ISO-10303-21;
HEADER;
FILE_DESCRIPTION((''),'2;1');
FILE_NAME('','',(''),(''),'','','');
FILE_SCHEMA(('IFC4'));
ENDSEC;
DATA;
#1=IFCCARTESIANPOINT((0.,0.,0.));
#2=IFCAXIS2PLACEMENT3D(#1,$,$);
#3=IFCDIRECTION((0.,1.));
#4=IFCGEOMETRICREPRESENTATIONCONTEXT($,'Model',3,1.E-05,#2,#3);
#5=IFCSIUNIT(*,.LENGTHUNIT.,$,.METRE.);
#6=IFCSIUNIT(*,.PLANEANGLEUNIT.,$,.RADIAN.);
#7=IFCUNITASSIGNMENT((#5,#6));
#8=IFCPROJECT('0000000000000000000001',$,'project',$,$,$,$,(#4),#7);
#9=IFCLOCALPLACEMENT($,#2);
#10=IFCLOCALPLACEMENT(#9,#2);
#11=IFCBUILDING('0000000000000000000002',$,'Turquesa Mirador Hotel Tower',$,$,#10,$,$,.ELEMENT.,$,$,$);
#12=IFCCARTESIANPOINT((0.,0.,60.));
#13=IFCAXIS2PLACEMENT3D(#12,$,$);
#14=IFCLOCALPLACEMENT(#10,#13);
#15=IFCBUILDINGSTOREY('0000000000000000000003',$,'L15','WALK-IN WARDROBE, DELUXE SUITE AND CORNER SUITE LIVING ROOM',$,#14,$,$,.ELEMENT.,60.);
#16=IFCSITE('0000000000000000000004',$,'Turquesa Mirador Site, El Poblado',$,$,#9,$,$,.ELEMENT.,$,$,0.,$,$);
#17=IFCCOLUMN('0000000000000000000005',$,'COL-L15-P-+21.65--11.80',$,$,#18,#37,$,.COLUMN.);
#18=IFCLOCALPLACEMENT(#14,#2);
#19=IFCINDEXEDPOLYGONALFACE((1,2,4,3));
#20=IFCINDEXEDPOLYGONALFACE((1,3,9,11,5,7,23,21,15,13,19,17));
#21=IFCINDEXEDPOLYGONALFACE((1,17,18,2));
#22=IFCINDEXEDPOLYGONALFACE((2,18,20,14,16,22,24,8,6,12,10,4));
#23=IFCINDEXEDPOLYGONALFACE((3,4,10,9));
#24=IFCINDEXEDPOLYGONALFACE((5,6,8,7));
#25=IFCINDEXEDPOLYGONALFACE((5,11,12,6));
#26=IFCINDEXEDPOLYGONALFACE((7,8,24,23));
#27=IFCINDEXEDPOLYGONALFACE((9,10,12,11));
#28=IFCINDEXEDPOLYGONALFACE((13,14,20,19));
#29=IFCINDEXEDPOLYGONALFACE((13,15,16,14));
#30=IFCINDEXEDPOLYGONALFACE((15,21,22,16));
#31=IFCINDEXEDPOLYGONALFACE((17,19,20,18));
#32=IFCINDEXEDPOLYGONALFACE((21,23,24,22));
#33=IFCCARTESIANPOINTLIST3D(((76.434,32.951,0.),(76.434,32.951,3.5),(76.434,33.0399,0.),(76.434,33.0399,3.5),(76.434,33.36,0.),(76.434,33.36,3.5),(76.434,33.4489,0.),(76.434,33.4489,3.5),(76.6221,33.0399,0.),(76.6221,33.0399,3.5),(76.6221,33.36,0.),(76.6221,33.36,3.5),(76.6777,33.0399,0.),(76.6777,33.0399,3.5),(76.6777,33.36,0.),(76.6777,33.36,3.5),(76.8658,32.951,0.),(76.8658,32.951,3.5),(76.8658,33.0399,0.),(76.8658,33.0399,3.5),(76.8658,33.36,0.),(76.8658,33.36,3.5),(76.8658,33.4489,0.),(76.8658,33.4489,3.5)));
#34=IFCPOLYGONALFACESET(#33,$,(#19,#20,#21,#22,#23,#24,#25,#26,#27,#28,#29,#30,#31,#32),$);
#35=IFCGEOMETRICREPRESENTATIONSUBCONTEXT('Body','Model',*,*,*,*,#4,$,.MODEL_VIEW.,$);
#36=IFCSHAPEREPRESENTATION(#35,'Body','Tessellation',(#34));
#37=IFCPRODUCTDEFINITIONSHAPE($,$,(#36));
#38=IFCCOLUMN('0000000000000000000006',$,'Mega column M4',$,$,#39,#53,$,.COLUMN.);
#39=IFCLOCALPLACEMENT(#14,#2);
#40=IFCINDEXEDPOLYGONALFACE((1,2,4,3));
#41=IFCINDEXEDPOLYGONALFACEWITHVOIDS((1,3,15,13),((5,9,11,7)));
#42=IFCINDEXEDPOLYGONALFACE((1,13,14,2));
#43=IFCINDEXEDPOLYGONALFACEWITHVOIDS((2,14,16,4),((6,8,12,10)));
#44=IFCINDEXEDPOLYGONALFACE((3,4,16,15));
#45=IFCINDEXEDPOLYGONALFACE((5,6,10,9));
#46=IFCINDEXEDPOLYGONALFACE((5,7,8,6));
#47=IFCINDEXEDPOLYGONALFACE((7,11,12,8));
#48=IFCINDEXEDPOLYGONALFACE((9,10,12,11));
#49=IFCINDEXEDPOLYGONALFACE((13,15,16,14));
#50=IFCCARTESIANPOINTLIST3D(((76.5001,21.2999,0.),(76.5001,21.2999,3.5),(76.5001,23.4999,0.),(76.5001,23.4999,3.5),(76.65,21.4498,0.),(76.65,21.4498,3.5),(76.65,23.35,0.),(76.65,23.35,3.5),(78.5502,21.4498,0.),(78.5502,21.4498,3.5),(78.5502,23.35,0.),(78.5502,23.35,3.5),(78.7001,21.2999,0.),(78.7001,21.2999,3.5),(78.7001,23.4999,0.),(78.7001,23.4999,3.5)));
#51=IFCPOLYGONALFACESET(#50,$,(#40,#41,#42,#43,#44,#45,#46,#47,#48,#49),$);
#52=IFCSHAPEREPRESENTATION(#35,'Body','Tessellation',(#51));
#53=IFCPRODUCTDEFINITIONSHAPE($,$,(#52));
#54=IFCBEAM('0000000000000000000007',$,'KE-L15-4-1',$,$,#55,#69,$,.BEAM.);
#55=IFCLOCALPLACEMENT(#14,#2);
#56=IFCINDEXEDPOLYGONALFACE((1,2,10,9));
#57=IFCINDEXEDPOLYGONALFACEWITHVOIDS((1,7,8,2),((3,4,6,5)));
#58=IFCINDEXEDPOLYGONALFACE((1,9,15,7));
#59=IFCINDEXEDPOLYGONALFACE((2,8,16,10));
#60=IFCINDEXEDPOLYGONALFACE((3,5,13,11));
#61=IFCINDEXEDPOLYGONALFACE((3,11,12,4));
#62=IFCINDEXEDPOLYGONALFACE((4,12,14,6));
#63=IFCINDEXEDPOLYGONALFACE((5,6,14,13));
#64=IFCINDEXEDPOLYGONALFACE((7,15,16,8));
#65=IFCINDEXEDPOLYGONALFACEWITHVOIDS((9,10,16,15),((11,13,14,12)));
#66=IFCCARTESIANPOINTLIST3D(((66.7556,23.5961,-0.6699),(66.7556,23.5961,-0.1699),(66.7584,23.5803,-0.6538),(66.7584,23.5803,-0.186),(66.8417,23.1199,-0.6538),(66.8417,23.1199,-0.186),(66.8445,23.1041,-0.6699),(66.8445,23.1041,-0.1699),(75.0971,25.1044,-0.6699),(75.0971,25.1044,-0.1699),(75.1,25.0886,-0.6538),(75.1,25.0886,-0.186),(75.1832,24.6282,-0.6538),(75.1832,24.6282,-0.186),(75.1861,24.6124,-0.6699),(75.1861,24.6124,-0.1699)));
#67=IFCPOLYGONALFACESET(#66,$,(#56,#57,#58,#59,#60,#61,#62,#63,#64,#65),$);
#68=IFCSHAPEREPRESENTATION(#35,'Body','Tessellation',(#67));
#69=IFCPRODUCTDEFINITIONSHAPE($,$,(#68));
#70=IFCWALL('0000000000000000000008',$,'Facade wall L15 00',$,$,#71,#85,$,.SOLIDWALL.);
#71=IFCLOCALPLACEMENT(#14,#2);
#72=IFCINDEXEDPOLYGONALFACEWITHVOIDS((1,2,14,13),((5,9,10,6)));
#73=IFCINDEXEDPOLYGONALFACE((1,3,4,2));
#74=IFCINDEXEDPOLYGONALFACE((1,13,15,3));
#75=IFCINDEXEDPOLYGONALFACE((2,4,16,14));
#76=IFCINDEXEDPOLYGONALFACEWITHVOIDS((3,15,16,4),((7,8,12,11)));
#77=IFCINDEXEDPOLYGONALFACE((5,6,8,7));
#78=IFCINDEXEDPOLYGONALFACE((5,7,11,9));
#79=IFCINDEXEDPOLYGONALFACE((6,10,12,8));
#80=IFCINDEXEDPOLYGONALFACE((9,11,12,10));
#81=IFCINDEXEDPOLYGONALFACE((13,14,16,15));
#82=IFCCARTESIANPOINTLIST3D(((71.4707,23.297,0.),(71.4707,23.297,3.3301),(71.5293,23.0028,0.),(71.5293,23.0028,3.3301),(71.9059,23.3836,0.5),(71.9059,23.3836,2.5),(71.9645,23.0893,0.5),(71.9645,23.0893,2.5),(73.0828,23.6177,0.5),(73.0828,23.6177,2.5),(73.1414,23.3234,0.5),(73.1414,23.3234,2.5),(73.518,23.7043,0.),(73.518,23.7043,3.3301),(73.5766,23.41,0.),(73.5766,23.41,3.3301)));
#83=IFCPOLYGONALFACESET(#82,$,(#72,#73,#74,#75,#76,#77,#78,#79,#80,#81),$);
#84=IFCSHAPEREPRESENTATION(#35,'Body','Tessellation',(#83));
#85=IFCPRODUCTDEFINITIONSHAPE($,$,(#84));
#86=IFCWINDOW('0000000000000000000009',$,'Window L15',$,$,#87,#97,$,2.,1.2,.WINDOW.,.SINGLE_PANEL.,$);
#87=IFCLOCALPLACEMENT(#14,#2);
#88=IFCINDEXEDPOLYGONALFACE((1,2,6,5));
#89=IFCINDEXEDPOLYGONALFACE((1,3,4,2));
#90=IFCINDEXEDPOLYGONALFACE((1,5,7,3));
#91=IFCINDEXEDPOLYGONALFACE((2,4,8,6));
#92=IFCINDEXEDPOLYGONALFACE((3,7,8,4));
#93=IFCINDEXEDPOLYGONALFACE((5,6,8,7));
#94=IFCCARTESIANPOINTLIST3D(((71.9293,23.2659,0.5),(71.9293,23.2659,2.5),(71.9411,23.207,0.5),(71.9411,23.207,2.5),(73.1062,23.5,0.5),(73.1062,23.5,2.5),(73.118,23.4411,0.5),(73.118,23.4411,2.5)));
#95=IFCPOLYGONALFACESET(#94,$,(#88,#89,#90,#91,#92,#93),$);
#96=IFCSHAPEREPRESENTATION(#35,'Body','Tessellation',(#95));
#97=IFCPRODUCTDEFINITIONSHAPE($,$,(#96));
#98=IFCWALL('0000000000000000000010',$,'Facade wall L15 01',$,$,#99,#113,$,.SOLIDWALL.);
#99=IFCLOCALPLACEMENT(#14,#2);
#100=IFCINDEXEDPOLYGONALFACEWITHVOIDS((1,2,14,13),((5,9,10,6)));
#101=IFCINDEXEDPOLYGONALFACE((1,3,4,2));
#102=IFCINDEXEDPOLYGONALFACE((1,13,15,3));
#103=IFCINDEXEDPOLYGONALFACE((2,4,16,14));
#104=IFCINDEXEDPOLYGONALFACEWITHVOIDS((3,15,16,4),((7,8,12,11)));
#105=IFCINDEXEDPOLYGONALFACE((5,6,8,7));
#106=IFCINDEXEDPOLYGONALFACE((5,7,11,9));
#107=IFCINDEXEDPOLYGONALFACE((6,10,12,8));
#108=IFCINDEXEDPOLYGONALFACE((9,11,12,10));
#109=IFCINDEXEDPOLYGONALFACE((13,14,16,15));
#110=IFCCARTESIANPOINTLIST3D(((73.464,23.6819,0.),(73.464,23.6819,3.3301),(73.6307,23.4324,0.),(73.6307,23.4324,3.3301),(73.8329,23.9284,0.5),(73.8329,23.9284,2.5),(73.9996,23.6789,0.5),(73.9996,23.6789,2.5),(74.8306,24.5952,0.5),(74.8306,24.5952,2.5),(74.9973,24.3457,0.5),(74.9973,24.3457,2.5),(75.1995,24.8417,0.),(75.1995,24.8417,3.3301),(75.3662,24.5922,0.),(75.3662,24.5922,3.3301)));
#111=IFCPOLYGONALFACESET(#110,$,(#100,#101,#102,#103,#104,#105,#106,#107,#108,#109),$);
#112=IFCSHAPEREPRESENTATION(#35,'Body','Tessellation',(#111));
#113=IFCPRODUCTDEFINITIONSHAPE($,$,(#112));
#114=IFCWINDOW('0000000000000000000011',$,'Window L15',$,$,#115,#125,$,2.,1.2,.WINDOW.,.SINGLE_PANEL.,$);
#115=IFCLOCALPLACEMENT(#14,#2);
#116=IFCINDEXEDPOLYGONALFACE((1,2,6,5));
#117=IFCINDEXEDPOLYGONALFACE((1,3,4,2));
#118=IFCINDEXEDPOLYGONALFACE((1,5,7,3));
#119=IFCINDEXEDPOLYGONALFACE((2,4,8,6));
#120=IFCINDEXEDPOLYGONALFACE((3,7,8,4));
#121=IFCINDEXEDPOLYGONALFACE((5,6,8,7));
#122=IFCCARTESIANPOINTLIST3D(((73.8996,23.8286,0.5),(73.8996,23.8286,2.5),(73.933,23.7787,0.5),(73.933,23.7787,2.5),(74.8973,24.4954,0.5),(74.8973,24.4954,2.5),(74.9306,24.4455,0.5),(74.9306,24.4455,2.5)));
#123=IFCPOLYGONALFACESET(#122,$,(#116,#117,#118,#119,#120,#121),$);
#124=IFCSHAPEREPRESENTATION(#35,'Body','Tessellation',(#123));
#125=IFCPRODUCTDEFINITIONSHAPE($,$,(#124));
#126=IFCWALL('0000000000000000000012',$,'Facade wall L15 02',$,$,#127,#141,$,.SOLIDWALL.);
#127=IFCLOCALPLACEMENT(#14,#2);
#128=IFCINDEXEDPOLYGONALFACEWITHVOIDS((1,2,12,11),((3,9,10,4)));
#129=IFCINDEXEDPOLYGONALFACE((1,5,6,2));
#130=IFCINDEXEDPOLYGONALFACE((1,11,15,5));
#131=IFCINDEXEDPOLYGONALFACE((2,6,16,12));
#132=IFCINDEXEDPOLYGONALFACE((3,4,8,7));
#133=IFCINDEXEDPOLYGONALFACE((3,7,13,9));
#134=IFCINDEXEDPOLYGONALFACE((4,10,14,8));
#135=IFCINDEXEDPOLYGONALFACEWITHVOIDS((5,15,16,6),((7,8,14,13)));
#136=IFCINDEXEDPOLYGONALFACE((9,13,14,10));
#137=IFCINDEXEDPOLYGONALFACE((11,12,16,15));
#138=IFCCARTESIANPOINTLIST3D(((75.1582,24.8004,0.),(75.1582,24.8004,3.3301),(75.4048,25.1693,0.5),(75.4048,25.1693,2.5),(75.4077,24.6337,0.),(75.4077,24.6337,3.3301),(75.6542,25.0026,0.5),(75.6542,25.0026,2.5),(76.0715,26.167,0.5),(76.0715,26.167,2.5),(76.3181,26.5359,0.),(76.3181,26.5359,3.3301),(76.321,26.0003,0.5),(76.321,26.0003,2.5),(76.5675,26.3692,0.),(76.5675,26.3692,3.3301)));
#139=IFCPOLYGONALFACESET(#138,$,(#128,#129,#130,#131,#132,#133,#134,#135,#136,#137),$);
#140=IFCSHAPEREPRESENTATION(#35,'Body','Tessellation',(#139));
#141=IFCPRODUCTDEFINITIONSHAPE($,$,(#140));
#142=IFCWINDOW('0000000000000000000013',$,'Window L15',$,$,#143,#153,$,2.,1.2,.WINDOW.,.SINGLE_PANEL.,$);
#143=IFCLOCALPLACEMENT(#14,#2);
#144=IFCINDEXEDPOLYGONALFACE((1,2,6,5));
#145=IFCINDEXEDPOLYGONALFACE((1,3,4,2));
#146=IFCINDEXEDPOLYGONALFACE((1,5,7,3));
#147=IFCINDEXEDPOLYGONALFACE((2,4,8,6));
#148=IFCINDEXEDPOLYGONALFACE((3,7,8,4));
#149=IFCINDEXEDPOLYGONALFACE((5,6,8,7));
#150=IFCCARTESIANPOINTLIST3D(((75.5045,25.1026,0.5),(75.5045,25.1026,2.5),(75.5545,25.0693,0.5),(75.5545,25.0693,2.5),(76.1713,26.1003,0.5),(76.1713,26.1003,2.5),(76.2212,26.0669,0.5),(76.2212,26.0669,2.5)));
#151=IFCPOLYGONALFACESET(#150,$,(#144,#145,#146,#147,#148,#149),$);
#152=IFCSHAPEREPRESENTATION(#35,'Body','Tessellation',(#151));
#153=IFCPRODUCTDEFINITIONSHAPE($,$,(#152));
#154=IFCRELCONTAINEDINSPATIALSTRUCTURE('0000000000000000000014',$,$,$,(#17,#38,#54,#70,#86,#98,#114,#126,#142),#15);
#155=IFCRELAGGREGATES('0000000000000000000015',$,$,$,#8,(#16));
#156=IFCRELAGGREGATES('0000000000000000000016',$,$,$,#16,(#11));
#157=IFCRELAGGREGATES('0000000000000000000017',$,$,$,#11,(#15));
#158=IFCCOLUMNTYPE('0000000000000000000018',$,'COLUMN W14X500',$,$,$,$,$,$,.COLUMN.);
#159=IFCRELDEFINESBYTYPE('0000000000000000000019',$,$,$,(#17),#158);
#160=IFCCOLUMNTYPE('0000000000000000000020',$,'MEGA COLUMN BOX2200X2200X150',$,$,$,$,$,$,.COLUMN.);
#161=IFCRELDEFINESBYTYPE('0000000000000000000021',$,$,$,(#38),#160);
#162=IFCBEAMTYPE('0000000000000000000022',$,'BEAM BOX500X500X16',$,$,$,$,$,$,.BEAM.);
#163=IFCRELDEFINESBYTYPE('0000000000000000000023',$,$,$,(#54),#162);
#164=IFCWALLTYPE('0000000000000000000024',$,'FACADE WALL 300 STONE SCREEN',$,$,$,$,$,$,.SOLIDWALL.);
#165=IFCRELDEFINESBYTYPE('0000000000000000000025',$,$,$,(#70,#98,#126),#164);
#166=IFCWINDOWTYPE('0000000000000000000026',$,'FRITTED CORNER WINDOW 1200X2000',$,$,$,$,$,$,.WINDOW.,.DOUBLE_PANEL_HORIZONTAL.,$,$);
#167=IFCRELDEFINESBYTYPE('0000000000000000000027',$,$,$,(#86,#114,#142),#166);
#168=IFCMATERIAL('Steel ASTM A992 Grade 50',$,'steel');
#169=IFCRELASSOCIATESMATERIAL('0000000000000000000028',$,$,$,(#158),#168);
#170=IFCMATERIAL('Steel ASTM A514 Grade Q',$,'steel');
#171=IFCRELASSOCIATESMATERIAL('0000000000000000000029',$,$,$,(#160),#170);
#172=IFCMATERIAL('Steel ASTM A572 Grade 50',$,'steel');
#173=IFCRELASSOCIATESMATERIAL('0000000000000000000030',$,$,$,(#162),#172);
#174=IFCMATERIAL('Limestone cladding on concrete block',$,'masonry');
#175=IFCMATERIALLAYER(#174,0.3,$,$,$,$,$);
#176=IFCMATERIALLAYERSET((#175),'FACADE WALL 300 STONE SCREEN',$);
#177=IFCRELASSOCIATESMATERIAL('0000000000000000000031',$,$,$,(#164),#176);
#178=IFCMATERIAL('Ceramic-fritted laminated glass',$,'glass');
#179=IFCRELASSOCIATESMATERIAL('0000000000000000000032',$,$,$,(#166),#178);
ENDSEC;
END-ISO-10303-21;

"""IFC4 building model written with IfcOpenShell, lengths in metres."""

from ifc_helpers import new_model, si_unit, direction, frame, frame_2d, origin, origin_2d, place, context, subcontext, project, spatial, rectangle, hollow_rectangle, i_section, extrude, material, layer, layer_set, material_profile, profile_set, type_object, element, fill, save


model = new_model("IFC4")

# Units and contexts
model_context = context("Model", 3, precision=1e-05, world=origin(), true_north=direction((0.0, 1.0)))
body_context = subcontext(model_context, "Body", "Model", "MODEL_VIEW")
ifc_project = project(units=[si_unit("LENGTHUNIT", "METRE"), si_unit("PLANEANGLEUNIT", "RADIAN")], contexts=[model_context])

# Site, building, storey
site_placement = place(None, origin())
site = spatial("IfcSite", under=ifc_project, at=site_placement, Name="Turquesa Mirador Site, El Poblado", CompositionType="ELEMENT", RefElevation=0.0)
building_placement = place(site_placement, origin())
building = spatial("IfcBuilding", under=site, at=building_placement, Name="Turquesa Mirador Hotel Tower", CompositionType="ELEMENT")
storey_placement = place(building_placement, frame((0.0, 0.0, 60.0)))
storey = spatial("IfcBuildingStorey", under=building, at=storey_placement, Name="L15", Description="WALK-IN WARDROBE, DELUXE SUITE AND CORNER SUITE LIVING ROOM", CompositionType="ELEMENT", Elevation=60.0)

# Columns
ifc_material_1 = material(Name="Steel ASTM A992 Grade 50", Category="steel")
ifc_material_profile_1 = material_profile(ifc_material_1, i_section(OverallWidth=0.4319, OverallDepth=0.4978, WebThickness=0.0557, FlangeThickness=0.0889, at=origin_2d()), Name="W14X500")
ifc_profile_set_1 = profile_set([ifc_material_profile_1], Name="Steel ASTM A992 Grade 50")
column_type_1 = type_object("IfcColumnType", Name="COLUMN W14X500", PredefinedType="COLUMN", material=ifc_profile_set_1)
column_1_placement = place(storey_placement, frame((76.6499, 33.2, 0.0), z_axis=(0.0, 0.0, 1.0), x_axis=(1.0, 0.0, 0.0)))
element("IfcColumn", 1, at=column_1_placement, inside=storey, type_object=column_type_1, Name="COL-L15-P-+21.65--11.80", PredefinedType="COLUMN", context=body_context, shape_type="SweptSolid", body=[
    extrude(i_section(OverallWidth=0.4319, OverallDepth=0.4978, WebThickness=0.0557, FlangeThickness=0.0889, at=origin_2d()), origin(), (0.0, 0.0, 1.0), 3.5),
])
ifc_material_2 = material(Name="Steel ASTM A514 Grade Q", Category="steel")
ifc_material_profile_2 = material_profile(ifc_material_2, hollow_rectangle(XDim=2.2, YDim=2.2, WallThickness=0.1499, at=origin_2d()), Name="BOX2200X2200X150")
ifc_profile_set_2 = profile_set([ifc_material_profile_2], Name="Steel ASTM A514 Grade Q")
column_type_2 = type_object("IfcColumnType", Name="MEGA COLUMN BOX2200X2200X150", PredefinedType="COLUMN", material=ifc_profile_set_2)
column_2_placement = place(storey_placement, frame((77.6001, 22.3999, 0.0), z_axis=(0.0, 0.0, 1.0), x_axis=(1.0, 0.0, 0.0)))
element("IfcColumn", 2, at=column_2_placement, inside=storey, type_object=column_type_2, Name="Mega column M4", PredefinedType="COLUMN", context=body_context, shape_type="SweptSolid", body=[
    extrude(hollow_rectangle(XDim=2.2, YDim=2.2, WallThickness=0.1499, at=origin_2d()), origin(), (0.0, 0.0, 1.0), 3.5),
])

# Beam
ifc_material_3 = material(Name="Steel ASTM A572 Grade 50", Category="steel")
ifc_material_profile_3 = material_profile(ifc_material_3, hollow_rectangle(XDim=0.5, YDim=0.5, WallThickness=0.0161, at=origin_2d()), Name="BOX500X500X16")
ifc_profile_set_3 = profile_set([ifc_material_profile_3], Name="Steel ASTM A572 Grade 50")
beam_type = type_object("IfcBeamType", Name="BEAM BOX500X500X16", PredefinedType="BEAM", material=ifc_profile_set_3)
beam_placement = place(storey_placement, frame((75.1416, 24.8584, -0.4199), z_axis=(-0.984043, -0.177932, 0.0), x_axis=(0.177932, -0.984043, 0.0)))
element("IfcBeam", 3, at=beam_placement, inside=storey, type_object=beam_type, Name="KE-L15-4-1", PredefinedType="BEAM", context=body_context, shape_type="SweptSolid", body=[
    extrude(hollow_rectangle(XDim=0.5, YDim=0.5, WallThickness=0.0161, at=origin_2d()), origin(), (0.0, 0.0, 1.0), 8.4768),
])

# Walls, openings, windows
ifc_material_4 = material(Name="Limestone cladding on concrete block", Category="masonry")
ifc_layer_1 = layer(ifc_material_4, 0.3)
ifc_layer_set_1 = layer_set([ifc_layer_1], Name="FACADE WALL 300 STONE SCREEN")
wall_type_1 = type_object("IfcWallType", Name="FACADE WALL 300 STONE SCREEN", PredefinedType="SOLIDWALL", material=ifc_layer_set_1)
wall_1_placement = place(storey_placement, frame((71.5, 23.1499, 0.0), z_axis=(0.0, 0.0, 1.0), x_axis=(0.980787, 0.195081, 0.0)))
wall_1 = element("IfcWall", 4, at=wall_1_placement, inside=storey, type_object=wall_type_1, Name="Facade wall L15 00", PredefinedType="SOLIDWALL", context=body_context, shape_type="SweptSolid", body=[
    extrude(rectangle(XDim=2.0874, YDim=0.3, at=frame_2d((1.0437, 0.0))), origin(), (0.0, 0.0, 1.0), 3.3301),
])
opening_1_placement = place(wall_1_placement, frame((0.4436, 0.0, 0.5)))
opening_1 = element("IfcOpeningElement", 5, at=opening_1_placement, cuts=wall_1, PredefinedType="OPENING", context=body_context, shape_type="SweptSolid", body=[
    extrude(rectangle(XDim=1.2, YDim=2.0, at=frame_2d((0.6001, 1.0))), frame((0.0, 0.1599, 0.0), z_axis=(0.0, -1.0, 0.0), x_axis=(1.0, 0.0, 0.0)), (0.0, 0.0, 1.0), 0.3201),
])
ifc_material_5 = material(Name="Ceramic-fritted laminated glass", Category="glass")
window_type_1 = type_object("IfcWindowType", Name="FRITTED CORNER WINDOW 1200X2000", PartitioningType="DOUBLE_PANEL_HORIZONTAL", PredefinedType="WINDOW", material=ifc_material_5)
window_1_placement = place(opening_1_placement, origin())
window_1 = element("IfcWindow", 6, at=window_1_placement, inside=storey, type_object=window_type_1, Name="Window L15", OverallHeight=2.0, OverallWidth=1.2, PartitioningType="SINGLE_PANEL", PredefinedType="WINDOW", context=body_context, shape_type="SweptSolid", body=[
    extrude(rectangle(XDim=1.2, YDim=2.0, at=frame_2d((0.6001, 1.0))), frame((0.0, 0.03, 0.0), z_axis=(0.0, -1.0, 0.0), x_axis=(1.0, 0.0, 0.0)), (0.0, 0.0, 1.0), 0.0601),
])
fill(opening_1, window_1)
wall_2_placement = place(storey_placement, frame((73.5474, 23.5571, 0.0), z_axis=(0.0, 0.0, 1.0), x_axis=(0.83142, 0.555644, 0.0)))
wall_2 = element("IfcWall", 7, at=wall_2_placement, inside=storey, type_object=wall_type_1, Name="Facade wall L15 01", PredefinedType="SOLIDWALL", context=body_context, shape_type="SweptSolid", body=[
    extrude(rectangle(XDim=2.0874, YDim=0.3, at=frame_2d((1.0437, 0.0))), origin(), (0.0, 0.0, 1.0), 3.3301),
])
opening_2_placement = place(wall_2_placement, frame((0.4436, 0.0, 0.5)))
opening_2 = element("IfcOpeningElement", 8, at=opening_2_placement, cuts=wall_2, PredefinedType="OPENING", context=body_context, shape_type="SweptSolid", body=[
    extrude(rectangle(XDim=1.2, YDim=2.0, at=frame_2d((0.6001, 1.0))), frame((0.0, 0.1599, 0.0), z_axis=(0.0, -1.0, 0.0), x_axis=(1.0, 0.0, 0.0)), (0.0, 0.0, 1.0), 0.3201),
])
window_2_placement = place(opening_2_placement, origin())
window_2 = element("IfcWindow", 9, at=window_2_placement, inside=storey, type_object=window_type_1, Name="Window L15", OverallHeight=2.0, OverallWidth=1.2, PartitioningType="SINGLE_PANEL", PredefinedType="WINDOW", context=body_context, shape_type="SweptSolid", body=[
    extrude(rectangle(XDim=1.2, YDim=2.0, at=frame_2d((0.6001, 1.0))), frame((0.0, 0.03, 0.0), z_axis=(0.0, -1.0, 0.0), x_axis=(1.0, 0.0, 0.0)), (0.0, 0.0, 1.0), 0.0601),
])
fill(opening_2, window_2)
wall_3_placement = place(storey_placement, frame((75.283, 24.717, 0.0), z_axis=(0.0, 0.0, 1.0), x_axis=(0.555644, 0.83142, 0.0)))
wall_3 = element("IfcWall", 10, at=wall_3_placement, inside=storey, type_object=wall_type_1, Name="Facade wall L15 02", PredefinedType="SOLIDWALL", context=body_context, shape_type="SweptSolid", body=[
    extrude(rectangle(XDim=2.0874, YDim=0.3, at=frame_2d((1.0437, 0.0))), origin(), (0.0, 0.0, 1.0), 3.3301),
])
opening_3_placement = place(wall_3_placement, frame((0.4436, 0.0, 0.5)))
opening_3 = element("IfcOpeningElement", 11, at=opening_3_placement, cuts=wall_3, PredefinedType="OPENING", context=body_context, shape_type="SweptSolid", body=[
    extrude(rectangle(XDim=1.2, YDim=2.0, at=frame_2d((0.6001, 1.0))), frame((0.0, 0.1599, 0.0), z_axis=(0.0, -1.0, 0.0), x_axis=(1.0, 0.0, 0.0)), (0.0, 0.0, 1.0), 0.3201),
])
window_3_placement = place(opening_3_placement, origin())
window_3 = element("IfcWindow", 12, at=window_3_placement, inside=storey, type_object=window_type_1, Name="Window L15", OverallHeight=2.0, OverallWidth=1.2, PartitioningType="SINGLE_PANEL", PredefinedType="WINDOW", context=body_context, shape_type="SweptSolid", body=[
    extrude(rectangle(XDim=1.2, YDim=2.0, at=frame_2d((0.6001, 1.0))), frame((0.0, 0.03, 0.0), z_axis=(0.0, -1.0, 0.0), x_axis=(1.0, 0.0, 0.0)), (0.0, 0.0, 1.0), 0.0601),
])
fill(opening_3, window_3)

save(model, "model.ifc")
